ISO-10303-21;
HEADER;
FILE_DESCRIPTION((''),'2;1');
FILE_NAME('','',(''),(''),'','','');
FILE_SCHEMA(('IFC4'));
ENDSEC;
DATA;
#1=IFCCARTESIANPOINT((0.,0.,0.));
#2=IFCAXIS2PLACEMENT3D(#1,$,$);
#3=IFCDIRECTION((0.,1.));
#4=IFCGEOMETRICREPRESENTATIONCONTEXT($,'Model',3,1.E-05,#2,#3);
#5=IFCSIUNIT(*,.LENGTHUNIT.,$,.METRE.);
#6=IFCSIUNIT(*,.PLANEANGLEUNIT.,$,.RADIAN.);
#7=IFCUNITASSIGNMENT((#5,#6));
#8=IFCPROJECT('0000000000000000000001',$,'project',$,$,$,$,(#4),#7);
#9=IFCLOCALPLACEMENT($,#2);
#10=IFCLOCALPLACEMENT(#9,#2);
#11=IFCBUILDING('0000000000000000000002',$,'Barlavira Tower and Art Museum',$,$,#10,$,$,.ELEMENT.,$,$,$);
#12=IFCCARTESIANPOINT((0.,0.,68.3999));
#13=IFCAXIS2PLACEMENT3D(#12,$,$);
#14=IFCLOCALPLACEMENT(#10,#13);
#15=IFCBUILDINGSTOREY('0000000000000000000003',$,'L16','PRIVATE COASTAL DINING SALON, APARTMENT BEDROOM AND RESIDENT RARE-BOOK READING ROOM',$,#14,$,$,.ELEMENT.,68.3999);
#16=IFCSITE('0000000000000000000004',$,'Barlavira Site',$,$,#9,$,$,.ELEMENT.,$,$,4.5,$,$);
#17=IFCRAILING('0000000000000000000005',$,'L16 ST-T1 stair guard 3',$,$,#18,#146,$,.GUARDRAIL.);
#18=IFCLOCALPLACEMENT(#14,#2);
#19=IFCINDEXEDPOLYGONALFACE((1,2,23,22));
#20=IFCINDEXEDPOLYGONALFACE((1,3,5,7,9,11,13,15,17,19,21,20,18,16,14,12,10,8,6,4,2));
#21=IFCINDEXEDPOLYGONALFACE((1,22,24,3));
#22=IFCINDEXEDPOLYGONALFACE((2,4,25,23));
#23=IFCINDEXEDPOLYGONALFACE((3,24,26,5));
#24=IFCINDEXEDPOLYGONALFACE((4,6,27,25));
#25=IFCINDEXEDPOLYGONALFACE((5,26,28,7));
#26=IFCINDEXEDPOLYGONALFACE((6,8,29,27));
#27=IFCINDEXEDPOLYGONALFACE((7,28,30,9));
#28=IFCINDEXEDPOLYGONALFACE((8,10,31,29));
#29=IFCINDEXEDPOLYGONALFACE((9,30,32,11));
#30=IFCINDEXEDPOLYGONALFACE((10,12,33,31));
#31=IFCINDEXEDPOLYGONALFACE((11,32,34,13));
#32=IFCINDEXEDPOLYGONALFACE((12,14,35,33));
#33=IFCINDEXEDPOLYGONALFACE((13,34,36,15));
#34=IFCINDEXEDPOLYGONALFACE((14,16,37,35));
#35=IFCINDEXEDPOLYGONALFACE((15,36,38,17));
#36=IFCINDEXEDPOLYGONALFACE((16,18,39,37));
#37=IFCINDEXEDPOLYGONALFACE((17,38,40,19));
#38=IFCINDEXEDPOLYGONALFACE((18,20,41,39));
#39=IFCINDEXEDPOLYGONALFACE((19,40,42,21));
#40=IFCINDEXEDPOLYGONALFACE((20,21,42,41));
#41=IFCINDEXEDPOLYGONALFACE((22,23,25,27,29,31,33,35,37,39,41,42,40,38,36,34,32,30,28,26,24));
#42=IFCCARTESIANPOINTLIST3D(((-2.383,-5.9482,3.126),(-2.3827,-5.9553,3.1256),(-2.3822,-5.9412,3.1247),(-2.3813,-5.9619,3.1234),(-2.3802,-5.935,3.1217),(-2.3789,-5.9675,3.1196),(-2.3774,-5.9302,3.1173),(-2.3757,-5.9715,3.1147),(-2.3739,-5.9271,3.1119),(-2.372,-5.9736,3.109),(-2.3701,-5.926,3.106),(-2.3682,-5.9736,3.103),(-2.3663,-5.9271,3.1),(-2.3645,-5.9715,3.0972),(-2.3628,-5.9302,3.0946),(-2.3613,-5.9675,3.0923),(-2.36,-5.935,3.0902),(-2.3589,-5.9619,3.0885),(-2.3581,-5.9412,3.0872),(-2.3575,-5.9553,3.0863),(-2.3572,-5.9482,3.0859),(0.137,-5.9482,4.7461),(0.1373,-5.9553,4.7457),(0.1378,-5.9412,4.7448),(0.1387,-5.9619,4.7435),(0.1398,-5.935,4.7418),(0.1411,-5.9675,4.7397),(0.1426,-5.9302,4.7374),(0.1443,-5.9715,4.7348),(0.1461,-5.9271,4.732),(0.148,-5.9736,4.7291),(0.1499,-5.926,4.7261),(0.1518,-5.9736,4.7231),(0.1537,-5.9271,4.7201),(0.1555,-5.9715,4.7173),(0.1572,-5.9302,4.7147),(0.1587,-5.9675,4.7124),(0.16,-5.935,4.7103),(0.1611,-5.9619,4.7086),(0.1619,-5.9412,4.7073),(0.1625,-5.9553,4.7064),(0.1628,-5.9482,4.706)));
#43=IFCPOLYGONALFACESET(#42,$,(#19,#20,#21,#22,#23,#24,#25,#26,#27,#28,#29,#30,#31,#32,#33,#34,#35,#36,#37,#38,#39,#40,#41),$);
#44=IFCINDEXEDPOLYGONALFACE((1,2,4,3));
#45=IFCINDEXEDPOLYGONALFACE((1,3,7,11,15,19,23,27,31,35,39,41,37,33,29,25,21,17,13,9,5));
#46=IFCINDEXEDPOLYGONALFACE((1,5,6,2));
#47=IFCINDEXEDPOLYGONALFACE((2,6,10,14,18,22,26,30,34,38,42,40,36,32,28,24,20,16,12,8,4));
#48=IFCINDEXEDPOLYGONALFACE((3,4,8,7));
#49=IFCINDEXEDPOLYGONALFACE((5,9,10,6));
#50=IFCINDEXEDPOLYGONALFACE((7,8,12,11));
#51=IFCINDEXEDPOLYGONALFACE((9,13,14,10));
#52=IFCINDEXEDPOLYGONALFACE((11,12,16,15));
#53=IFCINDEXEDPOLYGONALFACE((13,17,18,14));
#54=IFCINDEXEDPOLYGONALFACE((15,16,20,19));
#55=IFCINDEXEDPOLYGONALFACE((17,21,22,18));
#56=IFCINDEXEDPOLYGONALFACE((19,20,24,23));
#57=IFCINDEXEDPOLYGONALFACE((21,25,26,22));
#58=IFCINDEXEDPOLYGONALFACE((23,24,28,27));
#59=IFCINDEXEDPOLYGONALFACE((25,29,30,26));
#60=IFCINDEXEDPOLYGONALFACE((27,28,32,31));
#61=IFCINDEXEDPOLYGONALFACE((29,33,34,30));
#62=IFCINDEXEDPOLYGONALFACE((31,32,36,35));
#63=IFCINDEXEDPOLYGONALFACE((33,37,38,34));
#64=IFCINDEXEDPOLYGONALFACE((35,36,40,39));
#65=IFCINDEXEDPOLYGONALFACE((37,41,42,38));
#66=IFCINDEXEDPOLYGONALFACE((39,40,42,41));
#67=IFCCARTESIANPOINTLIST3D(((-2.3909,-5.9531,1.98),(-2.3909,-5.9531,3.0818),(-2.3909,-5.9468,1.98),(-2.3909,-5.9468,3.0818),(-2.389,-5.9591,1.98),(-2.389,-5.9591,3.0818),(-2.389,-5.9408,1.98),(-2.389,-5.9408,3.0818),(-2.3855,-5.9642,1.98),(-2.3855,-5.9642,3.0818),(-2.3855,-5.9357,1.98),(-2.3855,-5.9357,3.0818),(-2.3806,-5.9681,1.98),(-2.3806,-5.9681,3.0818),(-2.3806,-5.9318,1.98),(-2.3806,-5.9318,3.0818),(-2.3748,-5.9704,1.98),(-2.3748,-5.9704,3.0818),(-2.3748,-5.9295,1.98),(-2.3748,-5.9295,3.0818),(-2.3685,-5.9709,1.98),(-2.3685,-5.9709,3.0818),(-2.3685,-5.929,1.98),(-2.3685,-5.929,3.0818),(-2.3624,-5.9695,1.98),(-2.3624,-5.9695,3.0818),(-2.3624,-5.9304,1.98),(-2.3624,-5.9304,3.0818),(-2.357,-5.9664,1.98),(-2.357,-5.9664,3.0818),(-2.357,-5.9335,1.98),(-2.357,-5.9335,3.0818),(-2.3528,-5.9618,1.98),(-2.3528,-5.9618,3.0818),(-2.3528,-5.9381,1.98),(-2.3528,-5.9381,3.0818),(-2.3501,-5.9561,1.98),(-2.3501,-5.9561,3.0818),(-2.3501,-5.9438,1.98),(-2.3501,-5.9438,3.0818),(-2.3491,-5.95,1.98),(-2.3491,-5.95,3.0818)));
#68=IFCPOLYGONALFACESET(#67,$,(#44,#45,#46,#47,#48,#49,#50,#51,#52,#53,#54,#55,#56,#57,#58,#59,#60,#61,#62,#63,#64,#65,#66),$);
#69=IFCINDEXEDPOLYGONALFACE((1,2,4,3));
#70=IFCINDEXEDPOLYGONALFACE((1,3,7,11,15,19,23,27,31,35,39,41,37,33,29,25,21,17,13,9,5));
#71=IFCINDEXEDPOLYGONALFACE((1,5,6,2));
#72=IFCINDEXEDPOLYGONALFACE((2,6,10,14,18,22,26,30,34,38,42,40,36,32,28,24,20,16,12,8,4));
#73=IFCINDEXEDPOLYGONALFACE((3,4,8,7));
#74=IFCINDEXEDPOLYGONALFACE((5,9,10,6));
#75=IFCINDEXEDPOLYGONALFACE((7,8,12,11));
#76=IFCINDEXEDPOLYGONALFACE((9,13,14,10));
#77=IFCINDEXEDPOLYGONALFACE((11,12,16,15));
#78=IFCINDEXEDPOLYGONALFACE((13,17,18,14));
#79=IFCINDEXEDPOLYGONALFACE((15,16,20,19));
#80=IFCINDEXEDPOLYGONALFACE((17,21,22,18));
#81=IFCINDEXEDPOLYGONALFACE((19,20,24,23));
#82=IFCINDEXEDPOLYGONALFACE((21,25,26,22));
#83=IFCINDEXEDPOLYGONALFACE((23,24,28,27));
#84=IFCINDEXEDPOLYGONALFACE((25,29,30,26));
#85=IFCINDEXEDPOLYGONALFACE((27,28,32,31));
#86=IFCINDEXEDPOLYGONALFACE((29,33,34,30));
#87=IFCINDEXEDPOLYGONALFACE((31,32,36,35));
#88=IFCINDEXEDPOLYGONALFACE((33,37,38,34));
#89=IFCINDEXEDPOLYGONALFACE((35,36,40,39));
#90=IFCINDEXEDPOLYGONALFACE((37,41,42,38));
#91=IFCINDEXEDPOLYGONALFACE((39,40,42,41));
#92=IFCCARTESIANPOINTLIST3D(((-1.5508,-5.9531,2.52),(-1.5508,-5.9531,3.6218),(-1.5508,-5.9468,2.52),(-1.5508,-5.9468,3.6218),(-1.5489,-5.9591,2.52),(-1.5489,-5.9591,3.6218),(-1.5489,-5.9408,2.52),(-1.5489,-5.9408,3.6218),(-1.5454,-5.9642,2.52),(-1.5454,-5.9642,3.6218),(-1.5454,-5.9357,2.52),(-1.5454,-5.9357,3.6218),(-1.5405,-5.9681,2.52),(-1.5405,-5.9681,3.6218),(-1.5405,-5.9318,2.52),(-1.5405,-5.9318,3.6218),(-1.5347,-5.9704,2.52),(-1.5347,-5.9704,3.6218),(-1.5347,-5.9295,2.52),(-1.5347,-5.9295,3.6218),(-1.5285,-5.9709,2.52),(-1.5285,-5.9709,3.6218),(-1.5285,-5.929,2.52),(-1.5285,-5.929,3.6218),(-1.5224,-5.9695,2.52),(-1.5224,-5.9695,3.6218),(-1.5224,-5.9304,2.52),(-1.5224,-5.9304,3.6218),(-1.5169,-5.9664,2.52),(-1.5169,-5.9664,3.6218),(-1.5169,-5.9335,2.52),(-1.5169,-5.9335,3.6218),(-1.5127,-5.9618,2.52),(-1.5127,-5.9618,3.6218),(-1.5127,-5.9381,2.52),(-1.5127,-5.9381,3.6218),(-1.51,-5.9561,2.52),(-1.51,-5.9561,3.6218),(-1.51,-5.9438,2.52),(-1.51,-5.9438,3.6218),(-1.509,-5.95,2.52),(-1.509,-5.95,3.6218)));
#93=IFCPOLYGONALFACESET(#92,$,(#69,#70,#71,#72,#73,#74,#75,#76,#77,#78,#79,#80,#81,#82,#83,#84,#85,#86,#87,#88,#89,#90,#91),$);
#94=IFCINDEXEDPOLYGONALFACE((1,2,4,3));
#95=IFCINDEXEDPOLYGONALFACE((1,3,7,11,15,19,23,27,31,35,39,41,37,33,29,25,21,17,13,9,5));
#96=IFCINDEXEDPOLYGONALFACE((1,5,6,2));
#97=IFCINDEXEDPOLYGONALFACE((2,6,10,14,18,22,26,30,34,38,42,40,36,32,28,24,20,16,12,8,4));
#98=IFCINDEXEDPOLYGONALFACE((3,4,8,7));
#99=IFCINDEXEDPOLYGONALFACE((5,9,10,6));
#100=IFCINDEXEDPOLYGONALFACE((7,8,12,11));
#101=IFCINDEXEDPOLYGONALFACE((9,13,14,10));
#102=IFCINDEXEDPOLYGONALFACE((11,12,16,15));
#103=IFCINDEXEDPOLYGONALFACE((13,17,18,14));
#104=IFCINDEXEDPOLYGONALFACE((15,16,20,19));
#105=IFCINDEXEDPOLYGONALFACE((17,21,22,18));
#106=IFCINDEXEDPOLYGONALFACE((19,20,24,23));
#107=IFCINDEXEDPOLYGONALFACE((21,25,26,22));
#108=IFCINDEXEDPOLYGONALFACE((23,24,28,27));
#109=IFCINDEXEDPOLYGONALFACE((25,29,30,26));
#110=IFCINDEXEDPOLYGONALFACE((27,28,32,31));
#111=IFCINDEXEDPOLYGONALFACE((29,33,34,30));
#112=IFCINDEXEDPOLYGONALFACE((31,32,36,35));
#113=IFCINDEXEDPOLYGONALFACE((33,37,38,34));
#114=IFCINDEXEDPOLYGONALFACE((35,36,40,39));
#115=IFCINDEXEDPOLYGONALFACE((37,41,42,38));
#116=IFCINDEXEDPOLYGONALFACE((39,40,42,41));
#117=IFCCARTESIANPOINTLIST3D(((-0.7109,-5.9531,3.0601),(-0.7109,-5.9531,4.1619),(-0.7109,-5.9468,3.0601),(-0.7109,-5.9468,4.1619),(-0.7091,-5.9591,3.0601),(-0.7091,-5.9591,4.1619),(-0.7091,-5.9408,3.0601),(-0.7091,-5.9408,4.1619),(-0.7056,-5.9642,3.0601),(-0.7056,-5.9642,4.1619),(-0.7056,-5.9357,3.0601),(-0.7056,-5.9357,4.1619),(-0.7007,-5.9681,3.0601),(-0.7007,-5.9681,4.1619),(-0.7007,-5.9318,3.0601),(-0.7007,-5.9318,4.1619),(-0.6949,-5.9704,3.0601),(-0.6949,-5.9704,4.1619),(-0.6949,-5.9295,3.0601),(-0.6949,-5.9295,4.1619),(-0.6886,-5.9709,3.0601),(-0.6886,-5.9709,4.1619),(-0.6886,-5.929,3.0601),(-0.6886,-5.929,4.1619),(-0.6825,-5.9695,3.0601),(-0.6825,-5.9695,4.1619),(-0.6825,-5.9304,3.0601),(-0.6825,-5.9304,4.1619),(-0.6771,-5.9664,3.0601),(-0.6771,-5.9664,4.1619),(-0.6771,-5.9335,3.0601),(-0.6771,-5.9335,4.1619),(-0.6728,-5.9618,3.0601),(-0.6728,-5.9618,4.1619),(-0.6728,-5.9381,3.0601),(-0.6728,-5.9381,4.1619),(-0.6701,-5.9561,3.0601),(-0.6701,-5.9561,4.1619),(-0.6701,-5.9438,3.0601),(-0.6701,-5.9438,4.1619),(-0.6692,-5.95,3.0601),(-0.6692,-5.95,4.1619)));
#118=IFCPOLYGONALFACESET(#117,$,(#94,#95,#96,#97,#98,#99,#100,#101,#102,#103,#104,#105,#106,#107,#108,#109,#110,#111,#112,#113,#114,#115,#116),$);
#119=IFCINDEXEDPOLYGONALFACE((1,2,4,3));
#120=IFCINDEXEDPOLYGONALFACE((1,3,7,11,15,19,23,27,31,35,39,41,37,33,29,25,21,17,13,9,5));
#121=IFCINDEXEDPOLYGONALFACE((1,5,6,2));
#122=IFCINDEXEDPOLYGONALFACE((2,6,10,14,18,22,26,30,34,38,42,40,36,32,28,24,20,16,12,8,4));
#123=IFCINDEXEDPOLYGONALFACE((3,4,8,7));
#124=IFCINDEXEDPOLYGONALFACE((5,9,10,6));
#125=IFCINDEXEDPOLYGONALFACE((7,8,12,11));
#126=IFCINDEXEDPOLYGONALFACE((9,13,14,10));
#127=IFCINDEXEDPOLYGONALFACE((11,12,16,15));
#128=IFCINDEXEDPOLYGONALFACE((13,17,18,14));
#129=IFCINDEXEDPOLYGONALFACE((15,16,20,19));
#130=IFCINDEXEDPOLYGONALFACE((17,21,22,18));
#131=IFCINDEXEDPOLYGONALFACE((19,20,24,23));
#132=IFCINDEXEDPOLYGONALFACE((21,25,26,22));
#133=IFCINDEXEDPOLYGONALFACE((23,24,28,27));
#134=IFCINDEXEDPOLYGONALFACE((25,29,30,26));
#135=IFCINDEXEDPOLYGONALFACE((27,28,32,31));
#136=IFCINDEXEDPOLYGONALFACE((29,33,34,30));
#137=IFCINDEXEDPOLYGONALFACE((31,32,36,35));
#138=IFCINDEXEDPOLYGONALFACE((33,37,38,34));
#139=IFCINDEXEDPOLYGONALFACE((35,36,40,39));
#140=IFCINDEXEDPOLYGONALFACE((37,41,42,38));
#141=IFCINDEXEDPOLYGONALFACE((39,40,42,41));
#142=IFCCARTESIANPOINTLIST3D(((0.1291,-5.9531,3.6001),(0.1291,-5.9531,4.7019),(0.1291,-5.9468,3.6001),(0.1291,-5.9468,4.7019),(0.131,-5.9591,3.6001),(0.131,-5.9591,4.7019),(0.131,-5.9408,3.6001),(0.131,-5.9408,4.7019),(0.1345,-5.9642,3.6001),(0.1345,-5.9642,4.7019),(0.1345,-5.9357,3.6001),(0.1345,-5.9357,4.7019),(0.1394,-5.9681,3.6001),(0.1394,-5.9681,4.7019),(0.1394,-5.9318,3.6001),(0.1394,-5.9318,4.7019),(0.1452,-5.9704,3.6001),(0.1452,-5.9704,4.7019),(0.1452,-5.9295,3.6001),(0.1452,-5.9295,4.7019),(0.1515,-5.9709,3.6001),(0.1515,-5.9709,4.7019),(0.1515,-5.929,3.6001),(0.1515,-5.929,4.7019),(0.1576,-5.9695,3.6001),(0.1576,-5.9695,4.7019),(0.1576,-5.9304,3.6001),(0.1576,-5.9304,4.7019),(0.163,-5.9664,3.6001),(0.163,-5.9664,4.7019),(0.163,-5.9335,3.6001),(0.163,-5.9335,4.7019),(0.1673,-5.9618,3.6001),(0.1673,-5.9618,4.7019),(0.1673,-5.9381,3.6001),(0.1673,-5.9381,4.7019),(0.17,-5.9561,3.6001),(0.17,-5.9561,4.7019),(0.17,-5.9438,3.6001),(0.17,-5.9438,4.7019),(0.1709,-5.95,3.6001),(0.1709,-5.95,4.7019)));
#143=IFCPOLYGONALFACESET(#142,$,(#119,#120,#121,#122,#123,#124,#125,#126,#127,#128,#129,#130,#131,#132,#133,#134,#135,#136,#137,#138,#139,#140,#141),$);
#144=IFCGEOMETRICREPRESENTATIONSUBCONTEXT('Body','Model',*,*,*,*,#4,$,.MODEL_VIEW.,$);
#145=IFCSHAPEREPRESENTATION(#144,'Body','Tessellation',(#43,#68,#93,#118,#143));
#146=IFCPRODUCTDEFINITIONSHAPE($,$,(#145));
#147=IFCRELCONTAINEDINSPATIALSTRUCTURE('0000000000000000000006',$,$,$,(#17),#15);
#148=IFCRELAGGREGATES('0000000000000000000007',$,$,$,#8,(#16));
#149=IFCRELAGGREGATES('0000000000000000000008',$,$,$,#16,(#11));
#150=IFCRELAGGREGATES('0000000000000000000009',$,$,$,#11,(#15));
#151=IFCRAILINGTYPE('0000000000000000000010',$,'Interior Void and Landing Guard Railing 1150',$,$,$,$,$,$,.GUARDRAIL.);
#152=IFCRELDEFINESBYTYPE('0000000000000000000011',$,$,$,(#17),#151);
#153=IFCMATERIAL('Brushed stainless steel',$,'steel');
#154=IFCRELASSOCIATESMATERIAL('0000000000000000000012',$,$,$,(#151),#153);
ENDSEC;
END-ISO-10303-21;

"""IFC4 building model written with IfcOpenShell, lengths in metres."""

from ifc_helpers import new_model, si_unit, direction, frame, origin, origin_2d, place, context, subcontext, project, spatial, circle, extrude, material, type_object, element, save


model = new_model("IFC4")

# Units and contexts
model_context = context("Model", 3, precision=1e-05, world=origin(), true_north=direction((0.0, 1.0)))
body_context = subcontext(model_context, "Body", "Model", "MODEL_VIEW")
ifc_project = project(units=[si_unit("LENGTHUNIT", "METRE"), si_unit("PLANEANGLEUNIT", "RADIAN")], contexts=[model_context])

# Site, building, storey
site_placement = place(None, origin())
site = spatial("IfcSite", under=ifc_project, at=site_placement, Name="Barlavira Site", CompositionType="ELEMENT", RefElevation=4.5)
building_placement = place(site_placement, origin())
building = spatial("IfcBuilding", under=site, at=building_placement, Name="Barlavira Tower and Art Museum", CompositionType="ELEMENT")
storey_placement = place(building_placement, frame((0.0, 0.0, 68.3999)))
storey = spatial("IfcBuildingStorey", under=building, at=storey_placement, Name="L16", Description="PRIVATE COASTAL DINING SALON, APARTMENT BEDROOM AND RESIDENT RARE-BOOK READING ROOM", CompositionType="ELEMENT", Elevation=68.3999)

# Shared definitions
ifc_material_1 = material(Name="Brushed stainless steel", Category="steel")

# Railing
railing_type_1 = type_object("IfcRailingType", Name="Interior Void and Landing Guard Railing 1150", PredefinedType="GUARDRAIL", material=ifc_material_1)
railing_1_placement = place(storey_placement, frame((-2.3701, -5.95, 1.98)))
element("IfcRailing", 1, at=railing_1_placement, inside=storey, type_object=railing_type_1, Name="L16 ST-T1 stair guard 3", PredefinedType="GUARDRAIL", context=body_context, shape_type="SweptSolid", body=[
    extrude(circle(Radius=0.0239, at=origin_2d()), frame((0.0, 0.0, 1.126), z_axis=(0.841163, 0.0, 0.540782), x_axis=(0.0, 1.0, 0.0)), (0.0, 0.0, 1.0), 2.9958),
    extrude(circle(Radius=0.021, at=origin_2d()), origin(), (0.0, 0.0, 1.0), 1.1018),
    extrude(circle(Radius=0.021, at=origin_2d()), frame((0.8401, 0.0, 0.54)), (0.0, 0.0, 1.0), 1.1018),
    extrude(circle(Radius=0.021, at=origin_2d()), frame((1.6799, 0.0, 1.0801)), (0.0, 0.0, 1.0), 1.1018),
    extrude(circle(Radius=0.021, at=origin_2d()), frame((2.52, 0.0, 1.6201)), (0.0, 0.0, 1.0), 1.1018),
])

save(model, "model.ifc")
